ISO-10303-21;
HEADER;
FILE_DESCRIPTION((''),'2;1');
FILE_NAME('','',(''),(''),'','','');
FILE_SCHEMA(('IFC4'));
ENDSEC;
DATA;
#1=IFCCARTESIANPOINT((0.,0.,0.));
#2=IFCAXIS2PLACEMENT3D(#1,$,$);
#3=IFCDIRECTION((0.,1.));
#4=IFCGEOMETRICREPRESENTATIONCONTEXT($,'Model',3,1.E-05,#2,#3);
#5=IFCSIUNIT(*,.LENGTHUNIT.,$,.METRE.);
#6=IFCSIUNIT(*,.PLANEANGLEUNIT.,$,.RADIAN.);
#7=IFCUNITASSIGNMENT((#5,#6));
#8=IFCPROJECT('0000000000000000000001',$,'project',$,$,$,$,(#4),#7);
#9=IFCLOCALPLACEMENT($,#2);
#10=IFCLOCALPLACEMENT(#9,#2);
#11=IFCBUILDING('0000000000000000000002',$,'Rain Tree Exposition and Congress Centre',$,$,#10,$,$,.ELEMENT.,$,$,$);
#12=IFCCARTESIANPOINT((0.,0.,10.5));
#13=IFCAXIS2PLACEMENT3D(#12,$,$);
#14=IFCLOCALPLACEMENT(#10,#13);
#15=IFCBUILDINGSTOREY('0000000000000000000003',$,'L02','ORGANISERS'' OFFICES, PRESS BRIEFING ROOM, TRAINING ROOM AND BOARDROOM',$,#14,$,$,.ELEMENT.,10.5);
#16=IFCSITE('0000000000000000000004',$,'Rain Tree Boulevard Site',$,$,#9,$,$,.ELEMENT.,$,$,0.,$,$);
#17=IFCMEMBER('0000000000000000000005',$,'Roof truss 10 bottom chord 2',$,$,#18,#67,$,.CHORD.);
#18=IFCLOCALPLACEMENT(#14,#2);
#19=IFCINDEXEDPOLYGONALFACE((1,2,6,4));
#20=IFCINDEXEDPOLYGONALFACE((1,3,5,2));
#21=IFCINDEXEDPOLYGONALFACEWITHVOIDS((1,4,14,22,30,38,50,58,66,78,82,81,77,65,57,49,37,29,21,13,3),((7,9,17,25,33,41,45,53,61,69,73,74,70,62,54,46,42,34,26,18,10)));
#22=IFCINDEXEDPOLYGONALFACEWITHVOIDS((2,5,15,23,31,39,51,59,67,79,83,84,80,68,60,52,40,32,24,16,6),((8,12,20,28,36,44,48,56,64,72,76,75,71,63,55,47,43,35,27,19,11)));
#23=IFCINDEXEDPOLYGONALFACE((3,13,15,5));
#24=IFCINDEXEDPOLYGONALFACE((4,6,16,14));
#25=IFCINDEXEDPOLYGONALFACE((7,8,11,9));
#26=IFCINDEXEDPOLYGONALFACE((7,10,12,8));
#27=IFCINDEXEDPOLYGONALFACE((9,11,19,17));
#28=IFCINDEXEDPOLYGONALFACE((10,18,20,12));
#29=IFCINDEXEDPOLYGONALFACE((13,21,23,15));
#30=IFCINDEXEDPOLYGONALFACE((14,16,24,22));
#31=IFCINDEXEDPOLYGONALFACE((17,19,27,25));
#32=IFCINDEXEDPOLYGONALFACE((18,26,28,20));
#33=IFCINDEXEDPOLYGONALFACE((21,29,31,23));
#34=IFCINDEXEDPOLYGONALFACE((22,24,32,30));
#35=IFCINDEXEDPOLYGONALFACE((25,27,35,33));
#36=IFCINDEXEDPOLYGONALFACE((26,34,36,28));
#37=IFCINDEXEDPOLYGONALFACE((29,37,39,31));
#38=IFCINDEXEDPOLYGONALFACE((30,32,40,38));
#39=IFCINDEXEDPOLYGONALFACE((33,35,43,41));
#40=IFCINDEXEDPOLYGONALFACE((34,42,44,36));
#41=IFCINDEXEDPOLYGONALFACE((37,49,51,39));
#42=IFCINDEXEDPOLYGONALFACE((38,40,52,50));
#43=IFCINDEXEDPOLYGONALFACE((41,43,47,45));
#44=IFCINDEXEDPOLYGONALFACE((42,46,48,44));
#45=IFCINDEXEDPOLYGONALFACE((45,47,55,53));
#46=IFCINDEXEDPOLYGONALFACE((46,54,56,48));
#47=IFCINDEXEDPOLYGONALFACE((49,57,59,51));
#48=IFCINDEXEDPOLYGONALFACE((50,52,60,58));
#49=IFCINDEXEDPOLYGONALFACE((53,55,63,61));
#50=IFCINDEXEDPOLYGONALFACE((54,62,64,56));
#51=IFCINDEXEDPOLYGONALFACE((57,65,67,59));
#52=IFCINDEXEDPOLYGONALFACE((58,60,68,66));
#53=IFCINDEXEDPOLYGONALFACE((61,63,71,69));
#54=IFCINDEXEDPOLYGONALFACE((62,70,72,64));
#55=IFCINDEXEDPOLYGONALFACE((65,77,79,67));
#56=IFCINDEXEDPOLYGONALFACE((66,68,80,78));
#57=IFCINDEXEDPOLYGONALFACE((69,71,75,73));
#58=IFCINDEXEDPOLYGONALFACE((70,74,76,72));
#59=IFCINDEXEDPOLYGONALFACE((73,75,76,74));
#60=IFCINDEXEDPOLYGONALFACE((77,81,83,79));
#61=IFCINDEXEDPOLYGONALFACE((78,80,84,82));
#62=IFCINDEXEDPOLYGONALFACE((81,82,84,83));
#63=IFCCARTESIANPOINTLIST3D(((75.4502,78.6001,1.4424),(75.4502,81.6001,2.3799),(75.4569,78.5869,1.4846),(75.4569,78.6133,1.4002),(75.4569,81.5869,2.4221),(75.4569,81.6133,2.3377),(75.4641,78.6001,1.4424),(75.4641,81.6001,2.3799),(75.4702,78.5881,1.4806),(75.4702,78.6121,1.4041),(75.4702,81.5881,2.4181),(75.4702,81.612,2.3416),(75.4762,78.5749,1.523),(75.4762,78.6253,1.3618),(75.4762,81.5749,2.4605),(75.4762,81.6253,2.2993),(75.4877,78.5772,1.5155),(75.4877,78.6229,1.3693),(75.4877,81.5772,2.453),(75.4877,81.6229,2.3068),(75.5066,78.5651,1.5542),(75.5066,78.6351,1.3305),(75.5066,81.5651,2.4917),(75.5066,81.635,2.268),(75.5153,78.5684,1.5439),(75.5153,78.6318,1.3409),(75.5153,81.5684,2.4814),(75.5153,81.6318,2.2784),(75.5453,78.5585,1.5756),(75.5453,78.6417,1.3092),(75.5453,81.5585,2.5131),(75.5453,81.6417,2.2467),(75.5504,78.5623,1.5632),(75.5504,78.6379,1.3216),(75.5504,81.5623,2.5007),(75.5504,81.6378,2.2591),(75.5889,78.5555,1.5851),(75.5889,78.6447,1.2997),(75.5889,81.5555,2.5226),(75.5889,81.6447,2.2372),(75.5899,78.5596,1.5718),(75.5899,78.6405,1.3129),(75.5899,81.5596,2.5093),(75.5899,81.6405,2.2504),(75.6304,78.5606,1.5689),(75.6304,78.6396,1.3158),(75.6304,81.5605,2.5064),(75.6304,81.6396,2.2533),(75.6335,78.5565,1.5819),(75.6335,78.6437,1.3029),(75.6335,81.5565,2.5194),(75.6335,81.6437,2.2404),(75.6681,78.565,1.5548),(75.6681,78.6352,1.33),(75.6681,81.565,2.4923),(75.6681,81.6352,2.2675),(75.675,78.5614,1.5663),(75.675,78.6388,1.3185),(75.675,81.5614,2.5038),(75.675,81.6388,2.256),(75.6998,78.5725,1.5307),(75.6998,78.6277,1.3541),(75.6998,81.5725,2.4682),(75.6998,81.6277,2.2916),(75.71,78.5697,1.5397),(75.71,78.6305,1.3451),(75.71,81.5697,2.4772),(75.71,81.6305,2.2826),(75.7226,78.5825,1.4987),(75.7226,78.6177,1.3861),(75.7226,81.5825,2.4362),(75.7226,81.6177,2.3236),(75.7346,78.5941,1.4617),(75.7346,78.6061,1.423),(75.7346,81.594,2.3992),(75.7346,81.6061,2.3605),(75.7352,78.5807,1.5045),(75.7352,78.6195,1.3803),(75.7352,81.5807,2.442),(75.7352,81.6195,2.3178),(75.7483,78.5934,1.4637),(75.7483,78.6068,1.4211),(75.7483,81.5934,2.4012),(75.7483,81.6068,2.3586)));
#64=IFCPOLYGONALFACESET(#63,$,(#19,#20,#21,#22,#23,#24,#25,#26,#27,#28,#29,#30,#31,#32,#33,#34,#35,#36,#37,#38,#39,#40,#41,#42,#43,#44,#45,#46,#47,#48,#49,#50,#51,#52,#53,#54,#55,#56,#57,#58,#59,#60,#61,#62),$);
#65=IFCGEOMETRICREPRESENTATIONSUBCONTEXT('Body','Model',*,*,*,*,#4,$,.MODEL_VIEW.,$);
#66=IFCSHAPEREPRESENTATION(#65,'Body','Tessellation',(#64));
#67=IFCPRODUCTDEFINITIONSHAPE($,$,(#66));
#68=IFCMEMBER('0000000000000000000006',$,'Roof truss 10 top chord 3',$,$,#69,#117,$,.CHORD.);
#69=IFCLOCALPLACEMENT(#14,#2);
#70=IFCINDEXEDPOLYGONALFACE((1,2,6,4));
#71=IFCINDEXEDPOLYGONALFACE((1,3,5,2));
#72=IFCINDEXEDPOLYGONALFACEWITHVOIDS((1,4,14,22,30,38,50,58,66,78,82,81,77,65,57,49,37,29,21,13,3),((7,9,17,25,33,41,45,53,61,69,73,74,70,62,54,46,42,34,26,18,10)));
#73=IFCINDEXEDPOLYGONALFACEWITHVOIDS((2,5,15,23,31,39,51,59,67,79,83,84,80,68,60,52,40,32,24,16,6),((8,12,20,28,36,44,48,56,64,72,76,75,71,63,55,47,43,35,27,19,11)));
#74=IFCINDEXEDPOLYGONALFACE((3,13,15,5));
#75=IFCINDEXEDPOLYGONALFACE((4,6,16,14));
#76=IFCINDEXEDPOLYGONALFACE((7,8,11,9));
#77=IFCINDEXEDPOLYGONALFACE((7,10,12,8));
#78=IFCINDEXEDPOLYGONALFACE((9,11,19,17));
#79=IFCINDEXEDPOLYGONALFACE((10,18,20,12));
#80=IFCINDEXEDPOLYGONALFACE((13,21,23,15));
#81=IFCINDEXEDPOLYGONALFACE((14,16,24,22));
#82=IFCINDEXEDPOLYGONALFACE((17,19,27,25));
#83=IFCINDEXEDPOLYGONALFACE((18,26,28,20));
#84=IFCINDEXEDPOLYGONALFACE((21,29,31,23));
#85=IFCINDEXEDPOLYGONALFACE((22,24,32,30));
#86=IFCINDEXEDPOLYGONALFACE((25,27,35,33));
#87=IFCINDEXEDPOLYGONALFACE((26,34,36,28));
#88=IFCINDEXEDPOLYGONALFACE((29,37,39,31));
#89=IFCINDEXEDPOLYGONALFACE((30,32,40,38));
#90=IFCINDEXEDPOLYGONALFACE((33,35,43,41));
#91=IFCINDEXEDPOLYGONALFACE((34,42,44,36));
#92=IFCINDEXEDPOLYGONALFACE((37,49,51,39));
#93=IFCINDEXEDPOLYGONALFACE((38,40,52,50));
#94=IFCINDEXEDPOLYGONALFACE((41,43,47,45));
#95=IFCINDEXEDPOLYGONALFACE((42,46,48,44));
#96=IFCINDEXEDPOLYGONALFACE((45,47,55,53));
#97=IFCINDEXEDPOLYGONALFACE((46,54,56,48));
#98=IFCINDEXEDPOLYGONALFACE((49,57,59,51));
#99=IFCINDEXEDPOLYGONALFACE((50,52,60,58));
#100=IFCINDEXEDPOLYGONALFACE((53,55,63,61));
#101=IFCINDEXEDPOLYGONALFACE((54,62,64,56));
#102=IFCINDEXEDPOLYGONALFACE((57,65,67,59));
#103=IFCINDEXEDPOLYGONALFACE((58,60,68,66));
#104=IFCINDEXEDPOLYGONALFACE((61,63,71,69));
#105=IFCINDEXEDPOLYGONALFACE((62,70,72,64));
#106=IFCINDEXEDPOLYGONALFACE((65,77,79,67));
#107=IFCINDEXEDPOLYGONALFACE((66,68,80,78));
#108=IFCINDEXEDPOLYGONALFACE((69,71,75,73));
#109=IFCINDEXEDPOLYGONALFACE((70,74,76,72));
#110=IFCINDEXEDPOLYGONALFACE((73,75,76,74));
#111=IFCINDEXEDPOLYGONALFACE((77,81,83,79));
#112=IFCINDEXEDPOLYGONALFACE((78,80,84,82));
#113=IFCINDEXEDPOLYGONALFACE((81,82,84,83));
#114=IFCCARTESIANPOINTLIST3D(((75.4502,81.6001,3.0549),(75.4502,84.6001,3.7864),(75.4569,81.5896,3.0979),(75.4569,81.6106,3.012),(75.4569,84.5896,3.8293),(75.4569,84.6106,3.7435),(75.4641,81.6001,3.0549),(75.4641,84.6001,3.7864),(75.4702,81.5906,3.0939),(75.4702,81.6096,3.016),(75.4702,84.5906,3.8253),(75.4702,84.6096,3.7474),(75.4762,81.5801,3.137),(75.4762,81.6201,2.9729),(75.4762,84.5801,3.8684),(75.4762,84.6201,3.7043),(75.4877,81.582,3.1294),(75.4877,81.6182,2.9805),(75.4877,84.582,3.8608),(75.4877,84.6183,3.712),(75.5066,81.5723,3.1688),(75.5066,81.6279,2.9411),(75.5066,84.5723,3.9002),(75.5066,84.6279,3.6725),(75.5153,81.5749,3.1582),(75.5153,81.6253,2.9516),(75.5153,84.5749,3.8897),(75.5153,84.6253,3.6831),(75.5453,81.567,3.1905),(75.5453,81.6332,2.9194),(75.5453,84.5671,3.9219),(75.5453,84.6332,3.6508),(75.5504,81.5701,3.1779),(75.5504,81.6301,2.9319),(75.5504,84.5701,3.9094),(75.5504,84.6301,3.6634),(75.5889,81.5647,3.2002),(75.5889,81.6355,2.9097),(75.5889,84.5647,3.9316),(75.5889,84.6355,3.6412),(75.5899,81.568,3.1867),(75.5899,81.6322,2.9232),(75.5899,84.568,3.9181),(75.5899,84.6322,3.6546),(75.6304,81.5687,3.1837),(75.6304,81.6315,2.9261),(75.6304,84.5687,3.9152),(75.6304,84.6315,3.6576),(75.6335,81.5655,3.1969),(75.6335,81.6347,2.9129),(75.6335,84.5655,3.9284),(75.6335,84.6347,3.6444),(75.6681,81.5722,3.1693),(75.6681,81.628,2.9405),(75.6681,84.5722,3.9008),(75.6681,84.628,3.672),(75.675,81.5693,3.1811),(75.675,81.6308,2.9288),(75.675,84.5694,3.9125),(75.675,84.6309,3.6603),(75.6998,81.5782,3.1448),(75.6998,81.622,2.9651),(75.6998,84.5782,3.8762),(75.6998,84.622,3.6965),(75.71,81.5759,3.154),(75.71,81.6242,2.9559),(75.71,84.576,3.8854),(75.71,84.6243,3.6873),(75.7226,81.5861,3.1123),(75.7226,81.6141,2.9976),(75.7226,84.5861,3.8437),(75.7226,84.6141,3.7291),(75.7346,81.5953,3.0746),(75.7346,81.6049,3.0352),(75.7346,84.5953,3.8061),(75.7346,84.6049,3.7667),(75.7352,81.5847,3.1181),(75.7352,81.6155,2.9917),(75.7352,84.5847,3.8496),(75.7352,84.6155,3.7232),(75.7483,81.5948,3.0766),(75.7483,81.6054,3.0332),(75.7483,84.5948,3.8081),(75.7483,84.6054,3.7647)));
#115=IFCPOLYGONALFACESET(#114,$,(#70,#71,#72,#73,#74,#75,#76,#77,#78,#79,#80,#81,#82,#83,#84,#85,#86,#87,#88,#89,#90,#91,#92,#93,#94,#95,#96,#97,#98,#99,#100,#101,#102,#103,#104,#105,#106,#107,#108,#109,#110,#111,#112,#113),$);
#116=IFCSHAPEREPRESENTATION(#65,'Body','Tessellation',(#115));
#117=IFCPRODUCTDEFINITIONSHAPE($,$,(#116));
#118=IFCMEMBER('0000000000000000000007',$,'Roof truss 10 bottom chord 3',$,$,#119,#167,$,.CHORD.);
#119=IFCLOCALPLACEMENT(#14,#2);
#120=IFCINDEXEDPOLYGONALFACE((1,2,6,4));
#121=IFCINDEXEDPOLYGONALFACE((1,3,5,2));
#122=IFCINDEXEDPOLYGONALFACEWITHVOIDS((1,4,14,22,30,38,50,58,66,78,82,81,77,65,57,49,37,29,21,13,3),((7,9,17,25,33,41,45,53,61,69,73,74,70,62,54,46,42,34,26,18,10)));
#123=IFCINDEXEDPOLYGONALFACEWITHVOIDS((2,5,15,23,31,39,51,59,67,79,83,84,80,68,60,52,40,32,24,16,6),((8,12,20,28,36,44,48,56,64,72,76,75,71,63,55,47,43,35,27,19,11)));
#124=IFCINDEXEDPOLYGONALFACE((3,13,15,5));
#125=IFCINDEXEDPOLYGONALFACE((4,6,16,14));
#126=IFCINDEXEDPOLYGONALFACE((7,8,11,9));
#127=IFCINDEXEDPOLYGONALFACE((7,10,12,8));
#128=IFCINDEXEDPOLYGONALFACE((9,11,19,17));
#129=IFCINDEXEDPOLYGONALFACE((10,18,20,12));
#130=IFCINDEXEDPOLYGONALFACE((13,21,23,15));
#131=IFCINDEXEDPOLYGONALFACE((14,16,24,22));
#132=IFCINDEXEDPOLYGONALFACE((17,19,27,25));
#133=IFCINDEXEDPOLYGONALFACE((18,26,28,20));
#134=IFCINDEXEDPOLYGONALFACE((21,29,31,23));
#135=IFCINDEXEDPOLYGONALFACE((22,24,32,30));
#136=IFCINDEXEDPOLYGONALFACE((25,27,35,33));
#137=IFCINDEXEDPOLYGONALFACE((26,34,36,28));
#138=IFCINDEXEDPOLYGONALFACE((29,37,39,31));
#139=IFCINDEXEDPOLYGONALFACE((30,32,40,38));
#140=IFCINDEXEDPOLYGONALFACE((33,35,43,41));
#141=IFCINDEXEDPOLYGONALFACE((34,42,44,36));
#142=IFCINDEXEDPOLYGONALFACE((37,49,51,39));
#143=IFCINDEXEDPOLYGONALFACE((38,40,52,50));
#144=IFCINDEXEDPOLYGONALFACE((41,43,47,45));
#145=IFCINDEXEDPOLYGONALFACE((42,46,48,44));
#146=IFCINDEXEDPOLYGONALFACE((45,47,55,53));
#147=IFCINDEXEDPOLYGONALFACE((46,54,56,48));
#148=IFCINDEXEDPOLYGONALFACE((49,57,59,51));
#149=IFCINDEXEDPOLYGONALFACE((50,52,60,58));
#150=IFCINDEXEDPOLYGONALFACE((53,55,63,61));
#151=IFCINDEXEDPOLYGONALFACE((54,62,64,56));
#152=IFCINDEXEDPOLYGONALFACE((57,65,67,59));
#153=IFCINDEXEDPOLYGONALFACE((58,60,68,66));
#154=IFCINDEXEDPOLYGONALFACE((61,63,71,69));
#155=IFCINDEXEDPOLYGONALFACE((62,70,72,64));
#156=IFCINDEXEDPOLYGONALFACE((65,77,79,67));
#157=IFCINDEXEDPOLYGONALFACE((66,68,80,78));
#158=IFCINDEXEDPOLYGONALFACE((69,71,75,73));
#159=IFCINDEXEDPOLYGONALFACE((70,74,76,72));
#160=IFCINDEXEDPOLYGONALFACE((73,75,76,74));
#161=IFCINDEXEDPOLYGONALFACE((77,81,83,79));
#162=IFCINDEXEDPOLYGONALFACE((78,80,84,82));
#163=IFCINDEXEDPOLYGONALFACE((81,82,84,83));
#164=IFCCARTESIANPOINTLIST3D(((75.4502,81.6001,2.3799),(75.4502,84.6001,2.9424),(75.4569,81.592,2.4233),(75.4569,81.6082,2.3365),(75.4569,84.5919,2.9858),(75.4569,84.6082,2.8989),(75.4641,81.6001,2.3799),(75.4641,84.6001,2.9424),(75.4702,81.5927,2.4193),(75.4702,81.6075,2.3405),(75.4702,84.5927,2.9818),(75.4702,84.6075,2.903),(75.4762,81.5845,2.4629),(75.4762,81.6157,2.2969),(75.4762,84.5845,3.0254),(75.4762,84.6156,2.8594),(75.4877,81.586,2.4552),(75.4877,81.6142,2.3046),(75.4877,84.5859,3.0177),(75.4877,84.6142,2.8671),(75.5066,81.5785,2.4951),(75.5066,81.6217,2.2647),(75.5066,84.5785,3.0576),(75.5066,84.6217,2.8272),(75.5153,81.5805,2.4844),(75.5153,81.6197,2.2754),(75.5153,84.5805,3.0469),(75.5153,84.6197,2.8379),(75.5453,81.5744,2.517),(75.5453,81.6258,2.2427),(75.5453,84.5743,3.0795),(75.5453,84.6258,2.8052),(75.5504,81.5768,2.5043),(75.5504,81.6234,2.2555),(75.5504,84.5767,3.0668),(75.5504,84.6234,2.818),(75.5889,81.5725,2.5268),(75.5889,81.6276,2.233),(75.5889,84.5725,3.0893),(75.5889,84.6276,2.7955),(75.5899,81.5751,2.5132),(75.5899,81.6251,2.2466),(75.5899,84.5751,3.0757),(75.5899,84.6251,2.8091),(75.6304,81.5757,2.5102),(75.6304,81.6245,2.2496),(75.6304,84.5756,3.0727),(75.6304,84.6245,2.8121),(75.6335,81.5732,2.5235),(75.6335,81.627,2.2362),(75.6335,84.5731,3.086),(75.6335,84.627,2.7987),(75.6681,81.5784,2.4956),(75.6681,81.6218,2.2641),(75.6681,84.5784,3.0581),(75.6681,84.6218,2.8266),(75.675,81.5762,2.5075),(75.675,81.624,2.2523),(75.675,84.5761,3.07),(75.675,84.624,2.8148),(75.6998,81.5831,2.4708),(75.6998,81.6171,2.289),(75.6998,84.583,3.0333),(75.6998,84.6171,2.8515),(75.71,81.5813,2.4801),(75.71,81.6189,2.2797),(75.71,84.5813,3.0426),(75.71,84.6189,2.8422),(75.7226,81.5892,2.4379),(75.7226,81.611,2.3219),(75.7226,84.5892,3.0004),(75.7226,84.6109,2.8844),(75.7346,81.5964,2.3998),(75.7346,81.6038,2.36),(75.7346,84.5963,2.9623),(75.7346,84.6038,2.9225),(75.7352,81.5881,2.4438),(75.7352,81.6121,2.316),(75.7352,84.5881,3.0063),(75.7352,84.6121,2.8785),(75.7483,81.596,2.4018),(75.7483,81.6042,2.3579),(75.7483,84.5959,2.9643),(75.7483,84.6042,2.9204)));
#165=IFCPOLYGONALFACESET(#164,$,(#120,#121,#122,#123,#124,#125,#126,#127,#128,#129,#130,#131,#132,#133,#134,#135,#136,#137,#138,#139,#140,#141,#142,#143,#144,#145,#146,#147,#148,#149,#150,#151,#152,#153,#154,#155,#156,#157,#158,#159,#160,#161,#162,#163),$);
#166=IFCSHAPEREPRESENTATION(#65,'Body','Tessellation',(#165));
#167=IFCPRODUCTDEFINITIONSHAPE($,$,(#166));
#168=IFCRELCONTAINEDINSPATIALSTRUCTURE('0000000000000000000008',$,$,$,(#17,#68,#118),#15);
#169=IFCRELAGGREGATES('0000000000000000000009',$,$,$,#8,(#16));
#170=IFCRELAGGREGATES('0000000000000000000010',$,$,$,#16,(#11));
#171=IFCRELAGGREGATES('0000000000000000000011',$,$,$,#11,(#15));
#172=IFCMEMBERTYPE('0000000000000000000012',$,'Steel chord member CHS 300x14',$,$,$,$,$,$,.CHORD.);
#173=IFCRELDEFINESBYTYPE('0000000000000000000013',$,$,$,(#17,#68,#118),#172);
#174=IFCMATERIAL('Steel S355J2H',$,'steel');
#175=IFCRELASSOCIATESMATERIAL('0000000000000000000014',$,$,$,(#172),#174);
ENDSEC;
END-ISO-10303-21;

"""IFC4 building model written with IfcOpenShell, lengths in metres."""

from ifc_helpers import new_model, si_unit, direction, frame, origin, origin_2d, place, context, subcontext, project, spatial, hollow_circle, extrude, material, material_profile, profile_set, type_object, element, save


model = new_model("IFC4")

# Units and contexts
model_context = context("Model", 3, precision=1e-05, world=origin(), true_north=direction((0.0, 1.0)))
body_context = subcontext(model_context, "Body", "Model", "MODEL_VIEW")
ifc_project = project(units=[si_unit("LENGTHUNIT", "METRE"), si_unit("PLANEANGLEUNIT", "RADIAN")], contexts=[model_context])

# Site, building, storey
site_placement = place(None, origin())
site = spatial("IfcSite", under=ifc_project, at=site_placement, Name="Rain Tree Boulevard Site", CompositionType="ELEMENT", RefElevation=0.0)
building_placement = place(site_placement, origin())
building = spatial("IfcBuilding", under=site, at=building_placement, Name="Rain Tree Exposition and Congress Centre", CompositionType="ELEMENT")
storey_placement = place(building_placement, frame((0.0, 0.0, 10.5)))
storey = spatial("IfcBuildingStorey", under=building, at=storey_placement, Name="L02", Description="ORGANISERS' OFFICES, PRESS BRIEFING ROOM, TRAINING ROOM AND BOARDROOM", CompositionType="ELEMENT", Elevation=10.5)

# Members
ifc_material_1 = material(Name="Steel S355J2H", Category="steel")
ifc_material_profile_1 = material_profile(ifc_material_1, hollow_circle(Radius=0.1499, WallThickness=0.0139, at=origin_2d()), Name="CHS 300x14")
ifc_profile_set_1 = profile_set([ifc_material_profile_1], Name="Steel S355J2H")
member_type_1 = type_object("IfcMemberType", Name="Steel chord member CHS 300x14", PredefinedType="CHORD", material=ifc_profile_set_1)
member_1_placement = place(storey_placement, frame((75.6001, 78.6001, 1.4424), z_axis=(0.0, 0.95448, 0.298275), x_axis=(-1.0, 0.0, 0.0)))
element("IfcMember", 1, at=member_1_placement, inside=storey, type_object=member_type_1, Name="Roof truss 10 bottom chord 2", PredefinedType="CHORD", context=body_context, shape_type="SweptSolid", body=[
    extrude(hollow_circle(Radius=0.1499, WallThickness=0.0139, at=origin_2d()), origin(), (0.0, 0.0, 1.0), 3.1431),
])
member_2_placement = place(storey_placement, frame((75.6001, 81.6001, 3.0549), z_axis=(0.0, 0.97154, 0.236876), x_axis=(-1.0, 0.0, 0.0)))
element("IfcMember", 2, at=member_2_placement, inside=storey, type_object=member_type_1, Name="Roof truss 10 top chord 3", PredefinedType="CHORD", context=body_context, shape_type="SweptSolid", body=[
    extrude(hollow_circle(Radius=0.1499, WallThickness=0.0139, at=origin_2d()), origin(), (0.0, 0.0, 1.0), 3.0879),
])
member_3_placement = place(storey_placement, frame((75.6001, 81.6001, 2.3799), z_axis=(0.0, 0.982872, 0.184289), x_axis=(-1.0, 0.0, 0.0)))
element("IfcMember", 3, at=member_3_placement, inside=storey, type_object=member_type_1, Name="Roof truss 10 bottom chord 3", PredefinedType="CHORD", context=body_context, shape_type="SweptSolid", body=[
    extrude(hollow_circle(Radius=0.1499, WallThickness=0.0139, at=origin_2d()), origin(), (0.0, 0.0, 1.0), 3.0522),
])

save(model, "model.ifc")
